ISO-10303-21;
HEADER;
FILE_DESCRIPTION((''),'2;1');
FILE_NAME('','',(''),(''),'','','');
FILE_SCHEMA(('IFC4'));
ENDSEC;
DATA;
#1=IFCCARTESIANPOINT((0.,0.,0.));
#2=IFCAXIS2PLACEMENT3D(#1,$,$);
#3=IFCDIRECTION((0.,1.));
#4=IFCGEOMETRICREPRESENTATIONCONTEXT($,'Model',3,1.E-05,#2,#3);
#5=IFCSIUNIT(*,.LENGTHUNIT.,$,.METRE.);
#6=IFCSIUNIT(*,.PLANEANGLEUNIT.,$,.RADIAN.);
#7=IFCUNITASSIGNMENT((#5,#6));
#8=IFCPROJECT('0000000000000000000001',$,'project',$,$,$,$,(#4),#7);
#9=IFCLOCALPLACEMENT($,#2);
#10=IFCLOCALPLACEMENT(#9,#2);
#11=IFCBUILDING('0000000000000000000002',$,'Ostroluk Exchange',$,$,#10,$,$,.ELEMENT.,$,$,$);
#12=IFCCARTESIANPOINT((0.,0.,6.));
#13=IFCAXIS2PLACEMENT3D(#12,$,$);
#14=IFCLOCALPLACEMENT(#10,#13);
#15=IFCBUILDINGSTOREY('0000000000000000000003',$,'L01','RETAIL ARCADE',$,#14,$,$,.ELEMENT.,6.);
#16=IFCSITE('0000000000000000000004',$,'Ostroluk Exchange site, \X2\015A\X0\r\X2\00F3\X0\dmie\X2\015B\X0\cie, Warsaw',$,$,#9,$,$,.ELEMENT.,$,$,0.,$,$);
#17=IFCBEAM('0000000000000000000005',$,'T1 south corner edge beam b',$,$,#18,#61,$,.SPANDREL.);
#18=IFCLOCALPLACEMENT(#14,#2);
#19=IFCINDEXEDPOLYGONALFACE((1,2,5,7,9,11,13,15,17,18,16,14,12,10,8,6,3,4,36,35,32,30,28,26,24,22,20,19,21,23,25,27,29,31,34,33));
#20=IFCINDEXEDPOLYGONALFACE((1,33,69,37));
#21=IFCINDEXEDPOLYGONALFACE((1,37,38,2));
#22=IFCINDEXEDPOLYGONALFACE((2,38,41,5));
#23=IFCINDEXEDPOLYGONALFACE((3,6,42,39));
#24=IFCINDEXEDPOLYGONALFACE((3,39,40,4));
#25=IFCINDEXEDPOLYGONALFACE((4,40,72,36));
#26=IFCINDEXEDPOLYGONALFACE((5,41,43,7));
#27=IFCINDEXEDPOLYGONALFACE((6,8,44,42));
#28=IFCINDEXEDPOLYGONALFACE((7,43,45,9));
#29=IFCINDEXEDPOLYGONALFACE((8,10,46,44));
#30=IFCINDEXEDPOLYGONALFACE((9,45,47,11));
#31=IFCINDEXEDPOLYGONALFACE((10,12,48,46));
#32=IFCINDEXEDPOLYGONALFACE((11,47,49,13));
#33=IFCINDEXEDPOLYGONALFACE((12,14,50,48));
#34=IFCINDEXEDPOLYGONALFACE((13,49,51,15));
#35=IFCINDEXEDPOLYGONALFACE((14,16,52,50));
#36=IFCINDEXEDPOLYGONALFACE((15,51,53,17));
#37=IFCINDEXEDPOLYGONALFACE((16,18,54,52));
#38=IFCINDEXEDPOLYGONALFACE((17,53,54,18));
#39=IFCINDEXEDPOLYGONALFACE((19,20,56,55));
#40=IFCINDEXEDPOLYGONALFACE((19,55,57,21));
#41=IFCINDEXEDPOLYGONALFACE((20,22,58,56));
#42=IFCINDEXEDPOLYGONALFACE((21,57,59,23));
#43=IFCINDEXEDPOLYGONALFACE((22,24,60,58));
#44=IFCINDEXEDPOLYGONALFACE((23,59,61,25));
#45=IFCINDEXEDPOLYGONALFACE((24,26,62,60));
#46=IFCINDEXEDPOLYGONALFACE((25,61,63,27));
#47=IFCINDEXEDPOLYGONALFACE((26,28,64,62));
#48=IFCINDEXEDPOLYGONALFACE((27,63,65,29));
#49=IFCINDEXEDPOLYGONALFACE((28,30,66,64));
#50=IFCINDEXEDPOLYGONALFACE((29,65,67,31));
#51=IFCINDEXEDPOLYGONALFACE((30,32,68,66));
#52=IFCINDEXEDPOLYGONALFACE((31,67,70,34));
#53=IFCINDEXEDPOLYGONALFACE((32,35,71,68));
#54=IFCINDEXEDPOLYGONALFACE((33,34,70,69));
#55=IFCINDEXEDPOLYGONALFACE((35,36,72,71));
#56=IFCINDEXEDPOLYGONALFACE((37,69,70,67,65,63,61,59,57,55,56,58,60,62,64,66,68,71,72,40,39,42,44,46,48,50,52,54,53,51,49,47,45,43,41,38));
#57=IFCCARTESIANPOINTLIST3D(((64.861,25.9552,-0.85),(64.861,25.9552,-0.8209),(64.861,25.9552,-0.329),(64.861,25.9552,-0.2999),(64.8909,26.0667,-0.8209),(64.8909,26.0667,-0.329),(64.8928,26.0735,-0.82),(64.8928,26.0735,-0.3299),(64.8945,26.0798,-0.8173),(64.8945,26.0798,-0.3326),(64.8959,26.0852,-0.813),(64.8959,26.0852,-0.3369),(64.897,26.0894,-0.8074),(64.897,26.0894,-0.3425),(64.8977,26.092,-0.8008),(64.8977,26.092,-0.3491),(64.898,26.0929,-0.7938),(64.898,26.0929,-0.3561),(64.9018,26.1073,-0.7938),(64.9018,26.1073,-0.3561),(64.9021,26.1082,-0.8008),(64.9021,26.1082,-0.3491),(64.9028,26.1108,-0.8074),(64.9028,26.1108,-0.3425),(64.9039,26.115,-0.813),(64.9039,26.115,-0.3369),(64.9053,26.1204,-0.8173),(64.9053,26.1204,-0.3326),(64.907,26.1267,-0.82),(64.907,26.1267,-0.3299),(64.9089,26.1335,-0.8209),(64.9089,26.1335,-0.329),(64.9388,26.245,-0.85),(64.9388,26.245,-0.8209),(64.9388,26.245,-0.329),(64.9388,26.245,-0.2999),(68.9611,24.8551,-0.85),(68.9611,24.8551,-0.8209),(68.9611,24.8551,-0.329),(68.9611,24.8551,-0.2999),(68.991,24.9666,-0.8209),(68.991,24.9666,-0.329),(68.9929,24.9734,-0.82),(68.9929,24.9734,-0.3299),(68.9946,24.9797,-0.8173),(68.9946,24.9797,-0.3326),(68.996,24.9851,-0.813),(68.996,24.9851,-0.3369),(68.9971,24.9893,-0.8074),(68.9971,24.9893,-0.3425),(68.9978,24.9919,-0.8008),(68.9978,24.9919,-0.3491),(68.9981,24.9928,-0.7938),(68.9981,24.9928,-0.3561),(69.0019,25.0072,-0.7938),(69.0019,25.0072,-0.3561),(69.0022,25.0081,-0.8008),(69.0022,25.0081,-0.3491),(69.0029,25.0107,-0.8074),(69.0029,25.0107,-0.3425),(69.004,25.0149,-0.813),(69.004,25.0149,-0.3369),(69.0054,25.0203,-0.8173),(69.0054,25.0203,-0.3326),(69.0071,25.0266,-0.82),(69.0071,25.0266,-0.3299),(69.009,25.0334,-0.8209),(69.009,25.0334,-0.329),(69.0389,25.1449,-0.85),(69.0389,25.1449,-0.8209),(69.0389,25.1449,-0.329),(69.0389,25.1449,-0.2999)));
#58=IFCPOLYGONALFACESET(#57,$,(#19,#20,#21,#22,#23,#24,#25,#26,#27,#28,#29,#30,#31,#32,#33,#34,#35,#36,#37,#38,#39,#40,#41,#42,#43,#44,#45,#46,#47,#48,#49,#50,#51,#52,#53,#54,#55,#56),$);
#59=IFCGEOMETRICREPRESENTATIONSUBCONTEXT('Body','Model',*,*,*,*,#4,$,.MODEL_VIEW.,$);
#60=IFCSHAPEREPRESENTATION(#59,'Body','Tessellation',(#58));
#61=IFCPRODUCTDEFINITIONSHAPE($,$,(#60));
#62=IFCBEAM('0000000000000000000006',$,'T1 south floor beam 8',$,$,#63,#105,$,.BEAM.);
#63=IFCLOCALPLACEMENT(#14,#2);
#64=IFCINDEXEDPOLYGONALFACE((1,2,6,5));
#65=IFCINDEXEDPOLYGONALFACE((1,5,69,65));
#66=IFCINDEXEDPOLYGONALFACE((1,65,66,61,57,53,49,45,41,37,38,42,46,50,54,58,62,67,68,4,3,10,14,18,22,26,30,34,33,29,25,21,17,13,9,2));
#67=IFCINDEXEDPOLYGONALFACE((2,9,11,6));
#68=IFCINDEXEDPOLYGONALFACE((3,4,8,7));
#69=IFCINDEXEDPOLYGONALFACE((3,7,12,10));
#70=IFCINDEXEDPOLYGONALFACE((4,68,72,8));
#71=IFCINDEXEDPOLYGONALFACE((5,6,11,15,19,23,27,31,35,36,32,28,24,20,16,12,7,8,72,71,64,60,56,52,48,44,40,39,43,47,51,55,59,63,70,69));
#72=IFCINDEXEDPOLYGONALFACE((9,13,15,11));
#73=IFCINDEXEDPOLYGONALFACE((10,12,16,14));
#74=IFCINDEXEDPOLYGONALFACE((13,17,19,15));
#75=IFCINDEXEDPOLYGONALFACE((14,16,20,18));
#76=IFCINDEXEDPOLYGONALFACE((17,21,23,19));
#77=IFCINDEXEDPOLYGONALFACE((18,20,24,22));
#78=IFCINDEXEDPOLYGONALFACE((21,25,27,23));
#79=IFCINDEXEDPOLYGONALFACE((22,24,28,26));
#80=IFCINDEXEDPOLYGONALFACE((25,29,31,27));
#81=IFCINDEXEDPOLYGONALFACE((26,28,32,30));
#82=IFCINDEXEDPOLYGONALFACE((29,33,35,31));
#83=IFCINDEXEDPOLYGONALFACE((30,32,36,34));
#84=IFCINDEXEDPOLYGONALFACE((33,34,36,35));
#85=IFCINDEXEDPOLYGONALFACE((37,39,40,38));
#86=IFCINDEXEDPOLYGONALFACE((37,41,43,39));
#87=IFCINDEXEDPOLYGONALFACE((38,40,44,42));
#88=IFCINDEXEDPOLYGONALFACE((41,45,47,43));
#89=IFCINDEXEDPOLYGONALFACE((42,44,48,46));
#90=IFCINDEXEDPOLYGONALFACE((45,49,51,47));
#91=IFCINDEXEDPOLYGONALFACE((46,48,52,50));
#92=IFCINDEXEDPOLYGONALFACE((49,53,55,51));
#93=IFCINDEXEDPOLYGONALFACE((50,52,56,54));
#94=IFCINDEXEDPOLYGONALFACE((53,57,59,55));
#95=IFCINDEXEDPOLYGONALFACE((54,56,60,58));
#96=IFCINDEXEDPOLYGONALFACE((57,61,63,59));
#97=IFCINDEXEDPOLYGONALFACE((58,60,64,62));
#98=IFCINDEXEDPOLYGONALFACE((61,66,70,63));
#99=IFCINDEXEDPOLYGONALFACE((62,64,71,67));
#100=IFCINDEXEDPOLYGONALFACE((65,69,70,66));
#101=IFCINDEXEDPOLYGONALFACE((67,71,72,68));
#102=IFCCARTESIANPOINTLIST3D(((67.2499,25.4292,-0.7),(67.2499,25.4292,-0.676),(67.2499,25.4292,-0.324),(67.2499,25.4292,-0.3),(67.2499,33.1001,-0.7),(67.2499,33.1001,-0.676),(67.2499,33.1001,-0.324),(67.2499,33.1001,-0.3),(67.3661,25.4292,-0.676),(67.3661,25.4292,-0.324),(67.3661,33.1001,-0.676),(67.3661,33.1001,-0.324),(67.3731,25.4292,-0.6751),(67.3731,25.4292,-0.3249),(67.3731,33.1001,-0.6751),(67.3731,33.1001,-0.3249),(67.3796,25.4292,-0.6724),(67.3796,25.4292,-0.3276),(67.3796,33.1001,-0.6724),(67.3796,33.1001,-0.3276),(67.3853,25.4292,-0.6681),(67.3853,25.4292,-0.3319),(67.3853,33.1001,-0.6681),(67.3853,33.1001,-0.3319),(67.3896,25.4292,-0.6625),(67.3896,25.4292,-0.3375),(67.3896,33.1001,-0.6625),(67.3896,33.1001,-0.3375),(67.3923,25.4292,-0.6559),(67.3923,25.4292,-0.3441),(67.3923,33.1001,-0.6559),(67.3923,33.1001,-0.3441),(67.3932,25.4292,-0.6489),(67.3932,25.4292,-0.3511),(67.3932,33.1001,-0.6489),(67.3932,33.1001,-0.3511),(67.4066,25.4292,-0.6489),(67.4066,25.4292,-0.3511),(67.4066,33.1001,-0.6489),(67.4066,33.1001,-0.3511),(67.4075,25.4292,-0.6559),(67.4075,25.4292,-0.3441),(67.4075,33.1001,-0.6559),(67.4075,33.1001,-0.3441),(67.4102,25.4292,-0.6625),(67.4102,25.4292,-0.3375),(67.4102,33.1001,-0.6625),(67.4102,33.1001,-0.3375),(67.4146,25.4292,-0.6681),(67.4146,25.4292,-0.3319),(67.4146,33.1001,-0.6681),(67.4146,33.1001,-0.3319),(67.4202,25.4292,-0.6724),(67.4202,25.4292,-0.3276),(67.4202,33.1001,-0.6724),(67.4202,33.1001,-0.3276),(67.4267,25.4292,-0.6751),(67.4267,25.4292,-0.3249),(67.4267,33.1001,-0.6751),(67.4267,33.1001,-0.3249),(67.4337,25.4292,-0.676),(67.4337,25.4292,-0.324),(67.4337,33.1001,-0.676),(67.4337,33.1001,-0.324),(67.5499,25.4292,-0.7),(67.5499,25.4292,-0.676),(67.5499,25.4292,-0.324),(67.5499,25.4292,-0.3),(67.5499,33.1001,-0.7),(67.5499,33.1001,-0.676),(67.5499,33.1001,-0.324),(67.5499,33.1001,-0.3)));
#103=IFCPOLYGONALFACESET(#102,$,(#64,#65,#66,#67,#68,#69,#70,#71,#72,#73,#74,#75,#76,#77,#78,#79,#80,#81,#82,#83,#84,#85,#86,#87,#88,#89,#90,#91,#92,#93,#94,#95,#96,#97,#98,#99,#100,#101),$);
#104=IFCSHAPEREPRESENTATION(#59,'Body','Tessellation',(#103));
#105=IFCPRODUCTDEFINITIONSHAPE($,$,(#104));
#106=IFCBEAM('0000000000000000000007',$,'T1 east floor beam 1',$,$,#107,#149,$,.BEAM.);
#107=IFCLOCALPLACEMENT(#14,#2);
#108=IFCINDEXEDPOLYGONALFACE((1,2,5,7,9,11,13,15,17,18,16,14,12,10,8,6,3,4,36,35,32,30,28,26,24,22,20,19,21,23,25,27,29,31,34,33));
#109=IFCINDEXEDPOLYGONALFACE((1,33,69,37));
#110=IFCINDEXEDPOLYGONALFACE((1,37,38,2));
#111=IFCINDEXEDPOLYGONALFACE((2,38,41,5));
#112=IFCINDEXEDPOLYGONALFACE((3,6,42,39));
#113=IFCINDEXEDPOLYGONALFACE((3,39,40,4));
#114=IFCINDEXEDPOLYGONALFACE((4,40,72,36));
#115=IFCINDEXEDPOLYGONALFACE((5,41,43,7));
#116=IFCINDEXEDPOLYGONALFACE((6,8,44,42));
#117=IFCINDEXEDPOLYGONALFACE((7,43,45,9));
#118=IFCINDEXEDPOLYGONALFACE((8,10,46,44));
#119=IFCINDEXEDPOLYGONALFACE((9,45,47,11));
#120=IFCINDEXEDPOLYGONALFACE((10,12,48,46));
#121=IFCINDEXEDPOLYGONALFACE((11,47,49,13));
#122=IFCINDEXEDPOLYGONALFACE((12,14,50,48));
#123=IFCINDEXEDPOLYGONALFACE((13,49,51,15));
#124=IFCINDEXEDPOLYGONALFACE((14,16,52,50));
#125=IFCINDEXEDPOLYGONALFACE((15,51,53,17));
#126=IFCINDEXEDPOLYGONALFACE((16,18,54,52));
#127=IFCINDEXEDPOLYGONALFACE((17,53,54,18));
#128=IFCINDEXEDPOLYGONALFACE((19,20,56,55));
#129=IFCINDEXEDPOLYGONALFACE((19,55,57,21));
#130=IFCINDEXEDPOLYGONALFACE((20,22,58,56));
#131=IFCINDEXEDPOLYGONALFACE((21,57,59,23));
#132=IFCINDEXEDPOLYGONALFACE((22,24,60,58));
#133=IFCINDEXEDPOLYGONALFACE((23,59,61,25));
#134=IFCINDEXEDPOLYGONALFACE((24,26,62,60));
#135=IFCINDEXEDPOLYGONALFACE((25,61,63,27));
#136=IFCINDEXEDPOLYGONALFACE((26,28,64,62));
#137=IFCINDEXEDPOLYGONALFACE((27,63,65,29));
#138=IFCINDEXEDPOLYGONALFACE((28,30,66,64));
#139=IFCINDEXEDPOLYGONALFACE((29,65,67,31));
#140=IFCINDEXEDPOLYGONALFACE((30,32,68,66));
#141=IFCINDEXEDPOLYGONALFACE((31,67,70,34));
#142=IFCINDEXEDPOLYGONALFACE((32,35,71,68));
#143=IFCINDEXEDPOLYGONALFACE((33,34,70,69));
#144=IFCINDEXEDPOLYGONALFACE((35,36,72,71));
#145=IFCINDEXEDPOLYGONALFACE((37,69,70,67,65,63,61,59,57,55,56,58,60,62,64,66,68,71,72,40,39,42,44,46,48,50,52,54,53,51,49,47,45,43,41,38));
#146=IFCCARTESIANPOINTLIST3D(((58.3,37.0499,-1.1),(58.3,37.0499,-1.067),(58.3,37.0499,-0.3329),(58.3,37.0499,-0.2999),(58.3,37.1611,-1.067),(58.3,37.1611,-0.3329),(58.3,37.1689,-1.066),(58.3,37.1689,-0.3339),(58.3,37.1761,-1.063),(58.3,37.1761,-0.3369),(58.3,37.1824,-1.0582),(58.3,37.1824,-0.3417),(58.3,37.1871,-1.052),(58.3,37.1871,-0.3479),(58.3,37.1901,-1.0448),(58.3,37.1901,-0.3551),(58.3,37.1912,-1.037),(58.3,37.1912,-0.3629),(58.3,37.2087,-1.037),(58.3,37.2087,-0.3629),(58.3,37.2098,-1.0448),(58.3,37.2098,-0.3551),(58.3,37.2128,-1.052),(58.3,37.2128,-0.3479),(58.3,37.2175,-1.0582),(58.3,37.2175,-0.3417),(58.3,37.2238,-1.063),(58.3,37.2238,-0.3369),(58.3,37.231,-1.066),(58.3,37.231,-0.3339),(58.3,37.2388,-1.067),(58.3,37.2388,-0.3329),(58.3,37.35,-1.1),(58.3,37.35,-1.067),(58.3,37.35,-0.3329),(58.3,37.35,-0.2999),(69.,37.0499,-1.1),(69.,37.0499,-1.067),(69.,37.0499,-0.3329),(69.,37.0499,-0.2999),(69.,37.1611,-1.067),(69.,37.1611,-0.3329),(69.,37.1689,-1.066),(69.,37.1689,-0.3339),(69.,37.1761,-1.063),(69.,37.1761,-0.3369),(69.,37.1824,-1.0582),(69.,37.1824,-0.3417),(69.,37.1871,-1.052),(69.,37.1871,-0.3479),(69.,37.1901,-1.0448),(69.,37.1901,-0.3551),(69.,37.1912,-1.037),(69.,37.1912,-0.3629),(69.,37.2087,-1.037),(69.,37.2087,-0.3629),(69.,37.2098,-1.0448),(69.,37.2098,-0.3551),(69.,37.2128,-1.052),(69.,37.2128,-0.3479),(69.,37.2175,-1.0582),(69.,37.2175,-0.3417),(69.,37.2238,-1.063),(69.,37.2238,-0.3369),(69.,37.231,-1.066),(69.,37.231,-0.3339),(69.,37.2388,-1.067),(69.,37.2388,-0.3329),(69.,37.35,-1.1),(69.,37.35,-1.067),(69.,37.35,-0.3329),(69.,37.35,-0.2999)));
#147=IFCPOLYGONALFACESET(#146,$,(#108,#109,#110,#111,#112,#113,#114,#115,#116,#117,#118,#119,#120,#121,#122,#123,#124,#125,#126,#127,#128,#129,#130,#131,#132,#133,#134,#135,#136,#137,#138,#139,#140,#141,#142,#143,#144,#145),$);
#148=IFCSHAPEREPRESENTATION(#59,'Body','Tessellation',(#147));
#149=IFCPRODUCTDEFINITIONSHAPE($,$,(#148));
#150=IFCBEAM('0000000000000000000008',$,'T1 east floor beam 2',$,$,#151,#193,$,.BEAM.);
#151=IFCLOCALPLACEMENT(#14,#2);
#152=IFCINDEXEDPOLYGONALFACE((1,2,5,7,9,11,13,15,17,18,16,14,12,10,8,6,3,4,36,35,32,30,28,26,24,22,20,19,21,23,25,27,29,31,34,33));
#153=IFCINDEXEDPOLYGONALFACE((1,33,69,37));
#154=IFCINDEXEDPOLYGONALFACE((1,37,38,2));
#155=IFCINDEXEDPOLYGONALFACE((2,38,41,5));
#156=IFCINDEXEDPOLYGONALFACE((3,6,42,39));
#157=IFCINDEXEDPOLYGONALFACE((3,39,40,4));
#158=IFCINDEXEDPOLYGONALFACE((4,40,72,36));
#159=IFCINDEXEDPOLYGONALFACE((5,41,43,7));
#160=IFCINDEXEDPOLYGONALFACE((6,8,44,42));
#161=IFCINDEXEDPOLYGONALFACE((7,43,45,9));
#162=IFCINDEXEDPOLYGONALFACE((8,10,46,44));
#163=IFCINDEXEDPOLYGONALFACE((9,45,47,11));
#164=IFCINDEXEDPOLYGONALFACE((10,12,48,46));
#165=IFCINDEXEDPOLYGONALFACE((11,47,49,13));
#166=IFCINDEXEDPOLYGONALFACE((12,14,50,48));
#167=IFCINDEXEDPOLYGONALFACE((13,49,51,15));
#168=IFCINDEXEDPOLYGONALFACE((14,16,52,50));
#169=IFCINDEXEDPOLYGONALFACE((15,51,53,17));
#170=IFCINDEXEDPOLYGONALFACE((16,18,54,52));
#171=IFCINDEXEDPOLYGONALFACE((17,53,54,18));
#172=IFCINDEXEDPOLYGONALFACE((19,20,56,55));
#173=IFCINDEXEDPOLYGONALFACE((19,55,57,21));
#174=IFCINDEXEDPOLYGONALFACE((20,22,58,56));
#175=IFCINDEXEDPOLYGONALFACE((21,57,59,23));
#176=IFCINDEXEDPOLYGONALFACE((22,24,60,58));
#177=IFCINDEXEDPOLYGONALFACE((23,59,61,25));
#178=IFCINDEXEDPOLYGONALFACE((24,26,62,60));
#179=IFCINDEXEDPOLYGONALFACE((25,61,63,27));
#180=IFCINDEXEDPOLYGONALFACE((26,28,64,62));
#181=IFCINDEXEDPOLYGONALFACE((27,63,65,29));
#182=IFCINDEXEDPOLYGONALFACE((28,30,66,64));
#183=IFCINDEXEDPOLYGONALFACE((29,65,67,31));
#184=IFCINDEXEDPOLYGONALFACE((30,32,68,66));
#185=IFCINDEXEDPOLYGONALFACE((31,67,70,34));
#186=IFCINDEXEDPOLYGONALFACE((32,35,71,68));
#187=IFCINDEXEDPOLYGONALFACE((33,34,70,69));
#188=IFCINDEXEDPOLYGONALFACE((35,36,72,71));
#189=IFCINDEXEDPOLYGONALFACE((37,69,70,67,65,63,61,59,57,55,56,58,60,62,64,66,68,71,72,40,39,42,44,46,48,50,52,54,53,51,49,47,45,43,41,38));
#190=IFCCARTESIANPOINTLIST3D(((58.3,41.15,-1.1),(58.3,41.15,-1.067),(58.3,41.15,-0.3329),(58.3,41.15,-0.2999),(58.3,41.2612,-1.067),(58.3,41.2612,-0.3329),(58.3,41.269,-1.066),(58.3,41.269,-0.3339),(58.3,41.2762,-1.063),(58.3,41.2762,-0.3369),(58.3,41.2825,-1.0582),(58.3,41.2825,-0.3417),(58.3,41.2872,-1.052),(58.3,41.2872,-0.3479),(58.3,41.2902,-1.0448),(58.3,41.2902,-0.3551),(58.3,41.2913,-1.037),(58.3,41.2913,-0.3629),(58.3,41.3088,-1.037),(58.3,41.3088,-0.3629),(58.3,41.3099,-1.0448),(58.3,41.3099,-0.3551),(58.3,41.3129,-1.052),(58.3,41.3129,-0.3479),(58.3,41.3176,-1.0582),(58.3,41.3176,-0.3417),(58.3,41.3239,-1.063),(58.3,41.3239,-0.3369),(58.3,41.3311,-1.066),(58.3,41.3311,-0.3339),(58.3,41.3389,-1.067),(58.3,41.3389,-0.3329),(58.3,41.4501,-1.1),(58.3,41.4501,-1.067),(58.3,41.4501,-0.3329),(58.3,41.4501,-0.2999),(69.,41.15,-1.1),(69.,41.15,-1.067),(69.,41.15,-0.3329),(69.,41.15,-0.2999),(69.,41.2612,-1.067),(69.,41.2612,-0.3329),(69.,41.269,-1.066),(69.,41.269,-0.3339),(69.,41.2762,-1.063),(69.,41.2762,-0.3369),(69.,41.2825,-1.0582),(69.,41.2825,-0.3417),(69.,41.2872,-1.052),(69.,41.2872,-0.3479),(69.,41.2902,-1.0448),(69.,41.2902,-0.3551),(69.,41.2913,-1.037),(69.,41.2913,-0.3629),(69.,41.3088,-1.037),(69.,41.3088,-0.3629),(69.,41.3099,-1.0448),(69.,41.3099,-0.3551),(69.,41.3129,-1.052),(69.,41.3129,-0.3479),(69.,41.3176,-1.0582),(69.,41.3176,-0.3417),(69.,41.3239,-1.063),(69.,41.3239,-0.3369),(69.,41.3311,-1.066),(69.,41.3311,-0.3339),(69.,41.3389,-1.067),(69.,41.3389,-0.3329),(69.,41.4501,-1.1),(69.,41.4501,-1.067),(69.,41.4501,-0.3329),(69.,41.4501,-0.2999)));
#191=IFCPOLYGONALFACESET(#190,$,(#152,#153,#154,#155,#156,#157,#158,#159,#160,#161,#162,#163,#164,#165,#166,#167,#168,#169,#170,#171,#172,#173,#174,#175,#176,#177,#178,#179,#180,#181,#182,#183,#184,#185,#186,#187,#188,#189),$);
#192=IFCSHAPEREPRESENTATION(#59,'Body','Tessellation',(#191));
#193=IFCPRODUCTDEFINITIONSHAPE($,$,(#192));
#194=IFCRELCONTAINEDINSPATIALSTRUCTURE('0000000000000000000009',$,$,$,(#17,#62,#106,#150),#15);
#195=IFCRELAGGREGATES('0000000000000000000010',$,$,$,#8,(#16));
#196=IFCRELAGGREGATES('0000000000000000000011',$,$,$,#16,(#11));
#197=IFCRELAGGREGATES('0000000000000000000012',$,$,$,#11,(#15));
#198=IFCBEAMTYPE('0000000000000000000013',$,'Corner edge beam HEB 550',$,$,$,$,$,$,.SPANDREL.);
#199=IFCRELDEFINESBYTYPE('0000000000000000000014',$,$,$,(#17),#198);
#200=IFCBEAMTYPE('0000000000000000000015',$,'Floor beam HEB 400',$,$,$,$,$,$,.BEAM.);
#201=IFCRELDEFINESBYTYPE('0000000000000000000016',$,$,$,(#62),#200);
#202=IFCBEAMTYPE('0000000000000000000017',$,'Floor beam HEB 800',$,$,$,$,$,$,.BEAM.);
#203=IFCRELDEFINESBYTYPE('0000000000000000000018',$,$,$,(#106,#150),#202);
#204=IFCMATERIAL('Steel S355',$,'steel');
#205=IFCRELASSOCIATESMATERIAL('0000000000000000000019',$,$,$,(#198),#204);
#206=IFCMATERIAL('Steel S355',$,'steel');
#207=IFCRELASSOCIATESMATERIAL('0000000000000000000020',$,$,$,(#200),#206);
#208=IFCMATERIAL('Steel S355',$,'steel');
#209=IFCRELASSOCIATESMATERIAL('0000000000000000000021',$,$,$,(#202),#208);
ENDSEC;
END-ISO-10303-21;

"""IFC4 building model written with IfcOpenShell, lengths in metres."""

from ifc_helpers import new_model, si_unit, direction, frame, origin, origin_2d, place, context, subcontext, project, spatial, i_section, extrude, material, material_profile, profile_set, type_object, element, save


model = new_model("IFC4")

# Units and contexts
model_context = context("Model", 3, precision=1e-05, world=origin(), true_north=direction((0.0, 1.0)))
body_context = subcontext(model_context, "Body", "Model", "MODEL_VIEW")
ifc_project = project(units=[si_unit("LENGTHUNIT", "METRE"), si_unit("PLANEANGLEUNIT", "RADIAN")], contexts=[model_context])

# Site, building, storey
site_placement = place(None, origin())
site = spatial("IfcSite", under=ifc_project, at=site_placement, Name="Ostroluk Exchange site, Śródmieście, Warsaw", CompositionType="ELEMENT", RefElevation=0.0)
building_placement = place(site_placement, origin())
building = spatial("IfcBuilding", under=site, at=building_placement, Name="Ostroluk Exchange", CompositionType="ELEMENT")
storey_placement = place(building_placement, frame((0.0, 0.0, 6.0)))
storey = spatial("IfcBuildingStorey", under=building, at=storey_placement, Name="L01", Description="RETAIL ARCADE", CompositionType="ELEMENT", Elevation=6.0)

# Beams
ifc_material_1 = material(Name="Steel S355", Category="steel")
ifc_material_profile_1 = material_profile(ifc_material_1, i_section(OverallWidth=0.3, OverallDepth=0.55, WebThickness=0.0149, FlangeThickness=0.0291, FilletRadius=0.0271, at=origin_2d()), Name="HEB 550")
ifc_profile_set_1 = profile_set([ifc_material_profile_1], Name="Steel S355")
beam_type_1 = type_object("IfcBeamType", Name="Corner edge beam HEB 550", PredefinedType="SPANDREL", material=ifc_profile_set_1)
for number, where, z_axis, x_axis, name in (
    (1, (64.8999, 26.1001, -0.575), (0.965839, -0.259144, 0.0), (0.259144, 0.965839, 0.0), "T1 south corner edge beam b"),
):
    element("IfcBeam", number, at=place(storey_placement, frame(where, z_axis=z_axis, x_axis=x_axis)), inside=storey, type_object=beam_type_1, Name=name, PredefinedType="SPANDREL", context=body_context, shape_type="SweptSolid", body=[
        extrude(i_section(OverallWidth=0.3, OverallDepth=0.55, WebThickness=0.0149, FlangeThickness=0.0291, FilletRadius=0.0271, at=origin_2d()), origin(), (0.0, 0.0, 1.0), 4.2451),
    ])
ifc_material_2 = material(Name="Steel S355", Category="steel")
ifc_material_profile_2 = material_profile(ifc_material_2, i_section(OverallWidth=0.3, OverallDepth=0.3999, WebThickness=0.0134, FlangeThickness=0.0239, FilletRadius=0.0271, at=origin_2d()), Name="HEB 400")
ifc_profile_set_2 = profile_set([ifc_material_profile_2], Name="Steel S355")
beam_type_2 = type_object("IfcBeamType", Name="Floor beam HEB 400", PredefinedType="BEAM", material=ifc_profile_set_2)
beam_1_placement = place(storey_placement, frame((67.3999, 33.1001, -0.5), z_axis=(0.0, -1.0, 0.0), x_axis=(1.0, 0.0, 0.0)))
element("IfcBeam", 2, at=beam_1_placement, inside=storey, type_object=beam_type_2, Name="T1 south floor beam 8", PredefinedType="BEAM", context=body_context, shape_type="SweptSolid", body=[
    extrude(i_section(OverallWidth=0.3, OverallDepth=0.3999, WebThickness=0.0134, FlangeThickness=0.0239, FilletRadius=0.0271, at=origin_2d()), origin(), (0.0, 0.0, 1.0), 7.6709),
])
ifc_material_3 = material(Name="Steel S355", Category="steel")
ifc_material_profile_3 = material_profile(ifc_material_3, i_section(OverallWidth=0.3, OverallDepth=0.8, WebThickness=0.0176, FlangeThickness=0.033, FilletRadius=0.03, at=origin_2d()), Name="HEB 800")
ifc_profile_set_3 = profile_set([ifc_material_profile_3], Name="Steel S355")
beam_type_3 = type_object("IfcBeamType", Name="Floor beam HEB 800", PredefinedType="BEAM", material=ifc_profile_set_3)
for number, where, z_axis, x_axis, name in (
    (3, (58.3, 37.2, -0.7), (1.0, 0.0, 0.0), (0.0, 1.0, 0.0), "T1 east floor beam 1"),
    (4, (58.3, 41.3, -0.7), (1.0, 0.0, 0.0), (0.0, 1.0, 0.0), "T1 east floor beam 2"),
):
    element("IfcBeam", number, at=place(storey_placement, frame(where, z_axis=z_axis, x_axis=x_axis)), inside=storey, type_object=beam_type_3, Name=name, PredefinedType="BEAM", context=body_context, shape_type="SweptSolid", body=[
        extrude(i_section(OverallWidth=0.3, OverallDepth=0.8, WebThickness=0.0176, FlangeThickness=0.033, FilletRadius=0.03, at=origin_2d()), origin(), (0.0, 0.0, 1.0), 10.7),
    ])

save(model, "model.ifc")
